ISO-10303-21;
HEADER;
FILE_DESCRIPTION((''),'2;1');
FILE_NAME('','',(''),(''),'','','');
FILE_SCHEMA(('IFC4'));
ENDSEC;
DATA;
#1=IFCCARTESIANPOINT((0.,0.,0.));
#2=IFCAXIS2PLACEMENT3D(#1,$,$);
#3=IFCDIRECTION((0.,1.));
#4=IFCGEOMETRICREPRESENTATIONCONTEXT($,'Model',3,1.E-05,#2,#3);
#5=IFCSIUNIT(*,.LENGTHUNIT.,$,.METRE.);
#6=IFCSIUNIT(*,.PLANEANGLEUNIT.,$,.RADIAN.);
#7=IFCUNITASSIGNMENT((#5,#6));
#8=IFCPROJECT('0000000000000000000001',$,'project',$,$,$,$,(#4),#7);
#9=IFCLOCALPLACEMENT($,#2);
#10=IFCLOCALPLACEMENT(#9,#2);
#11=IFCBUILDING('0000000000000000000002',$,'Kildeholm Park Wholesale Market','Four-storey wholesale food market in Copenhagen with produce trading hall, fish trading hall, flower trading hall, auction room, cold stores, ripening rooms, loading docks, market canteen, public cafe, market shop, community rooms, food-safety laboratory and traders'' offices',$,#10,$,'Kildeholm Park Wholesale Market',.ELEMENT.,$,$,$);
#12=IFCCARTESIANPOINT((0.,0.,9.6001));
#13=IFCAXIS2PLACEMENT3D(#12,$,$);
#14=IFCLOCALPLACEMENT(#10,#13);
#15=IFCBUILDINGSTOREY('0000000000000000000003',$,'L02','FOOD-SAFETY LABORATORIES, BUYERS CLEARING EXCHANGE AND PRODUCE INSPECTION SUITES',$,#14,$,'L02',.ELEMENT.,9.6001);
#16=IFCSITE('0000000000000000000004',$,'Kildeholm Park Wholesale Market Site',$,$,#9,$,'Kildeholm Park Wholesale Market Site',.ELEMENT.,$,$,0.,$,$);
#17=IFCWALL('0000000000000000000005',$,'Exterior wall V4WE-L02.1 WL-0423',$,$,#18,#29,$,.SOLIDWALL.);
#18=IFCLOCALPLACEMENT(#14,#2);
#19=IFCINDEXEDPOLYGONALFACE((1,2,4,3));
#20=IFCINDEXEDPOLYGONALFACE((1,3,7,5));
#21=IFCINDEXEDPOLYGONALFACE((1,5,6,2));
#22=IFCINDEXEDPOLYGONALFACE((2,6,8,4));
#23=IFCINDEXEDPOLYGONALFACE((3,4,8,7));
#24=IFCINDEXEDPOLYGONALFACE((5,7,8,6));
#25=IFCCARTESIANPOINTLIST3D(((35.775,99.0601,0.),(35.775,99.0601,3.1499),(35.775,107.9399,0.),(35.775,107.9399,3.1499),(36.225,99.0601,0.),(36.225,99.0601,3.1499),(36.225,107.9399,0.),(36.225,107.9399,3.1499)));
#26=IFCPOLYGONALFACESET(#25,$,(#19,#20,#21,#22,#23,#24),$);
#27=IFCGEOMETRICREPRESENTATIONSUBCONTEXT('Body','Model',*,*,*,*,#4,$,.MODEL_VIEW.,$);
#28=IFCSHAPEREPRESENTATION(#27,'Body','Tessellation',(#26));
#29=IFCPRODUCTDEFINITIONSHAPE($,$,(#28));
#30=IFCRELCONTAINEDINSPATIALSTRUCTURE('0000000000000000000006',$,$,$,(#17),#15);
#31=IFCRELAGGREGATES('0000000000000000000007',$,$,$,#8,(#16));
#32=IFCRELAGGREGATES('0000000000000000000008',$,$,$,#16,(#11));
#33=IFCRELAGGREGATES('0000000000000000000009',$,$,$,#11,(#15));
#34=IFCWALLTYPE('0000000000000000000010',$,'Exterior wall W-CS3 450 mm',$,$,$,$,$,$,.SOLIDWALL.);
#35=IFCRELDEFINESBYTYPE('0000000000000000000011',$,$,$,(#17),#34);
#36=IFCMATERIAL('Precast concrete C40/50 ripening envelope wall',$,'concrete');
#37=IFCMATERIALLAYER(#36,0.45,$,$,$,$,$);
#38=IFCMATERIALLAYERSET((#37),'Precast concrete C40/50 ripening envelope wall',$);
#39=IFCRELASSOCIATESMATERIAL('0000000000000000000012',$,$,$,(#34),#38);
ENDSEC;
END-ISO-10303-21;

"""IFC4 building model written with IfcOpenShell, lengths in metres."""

from ifc_helpers import new_model, si_unit, direction, frame, frame_2d, origin, place, context, subcontext, project, spatial, rectangle, extrude, material, layer, layer_set, type_object, element, save


model = new_model("IFC4")

# Units and contexts
model_context = context("Model", 3, precision=1e-05, world=origin(), true_north=direction((0.0, 1.0)))
body_context = subcontext(model_context, "Body", "Model", "MODEL_VIEW")
ifc_project = project(units=[si_unit("LENGTHUNIT", "METRE"), si_unit("PLANEANGLEUNIT", "RADIAN")], contexts=[model_context])

# Site, building, storey
site_placement = place(None, origin())
site = spatial("IfcSite", under=ifc_project, at=site_placement, Name="Kildeholm Park Wholesale Market Site", LongName="Kildeholm Park Wholesale Market Site", CompositionType="ELEMENT", RefElevation=0.0)
building_placement = place(site_placement, origin())
building = spatial("IfcBuilding", under=site, at=building_placement, Name="Kildeholm Park Wholesale Market", Description="Four-storey wholesale food market in Copenhagen with produce trading hall, fish trading hall, flower trading hall, auction room, cold stores, ripening rooms, loading docks, market canteen, public cafe, market shop, community rooms, food-safety laboratory and traders' offices", LongName="Kildeholm Park Wholesale Market", CompositionType="ELEMENT")
storey_placement = place(building_placement, frame((0.0, 0.0, 9.6001)))
storey = spatial("IfcBuildingStorey", under=building, at=storey_placement, Name="L02", Description="FOOD-SAFETY LABORATORIES, BUYERS CLEARING EXCHANGE AND PRODUCE INSPECTION SUITES", LongName="L02", CompositionType="ELEMENT", Elevation=9.6001)

# Shared definitions
ifc_material_1 = material(Name="Precast concrete C40/50 ripening envelope wall", Category="concrete")
ifc_layer = layer(ifc_material_1, 0.45)
ifc_layer_set = layer_set([ifc_layer], Name="Precast concrete C40/50 ripening envelope wall")
wall_type = type_object("IfcWallType", Name="Exterior wall W-CS3 450 mm", PredefinedType="SOLIDWALL", material=ifc_layer_set)

# Wall
wall_1_placement = place(storey_placement, frame((36.0, 99.0601, 0.0), z_axis=(0.0, 0.0, 1.0), x_axis=(0.0, 1.0, 0.0)))
element("IfcWall", 1, at=wall_1_placement, inside=storey, type_object=wall_type, Name="Exterior wall V4WE-L02.1 WL-0423", PredefinedType="SOLIDWALL", context=body_context, shape_type="SweptSolid", body=[
    extrude(rectangle(XDim=8.8799, YDim=0.45, at=frame_2d((4.4399, 0.0))), origin(), (0.0, 0.0, 1.0), 3.1499),
])

save(model, "model.ifc")
